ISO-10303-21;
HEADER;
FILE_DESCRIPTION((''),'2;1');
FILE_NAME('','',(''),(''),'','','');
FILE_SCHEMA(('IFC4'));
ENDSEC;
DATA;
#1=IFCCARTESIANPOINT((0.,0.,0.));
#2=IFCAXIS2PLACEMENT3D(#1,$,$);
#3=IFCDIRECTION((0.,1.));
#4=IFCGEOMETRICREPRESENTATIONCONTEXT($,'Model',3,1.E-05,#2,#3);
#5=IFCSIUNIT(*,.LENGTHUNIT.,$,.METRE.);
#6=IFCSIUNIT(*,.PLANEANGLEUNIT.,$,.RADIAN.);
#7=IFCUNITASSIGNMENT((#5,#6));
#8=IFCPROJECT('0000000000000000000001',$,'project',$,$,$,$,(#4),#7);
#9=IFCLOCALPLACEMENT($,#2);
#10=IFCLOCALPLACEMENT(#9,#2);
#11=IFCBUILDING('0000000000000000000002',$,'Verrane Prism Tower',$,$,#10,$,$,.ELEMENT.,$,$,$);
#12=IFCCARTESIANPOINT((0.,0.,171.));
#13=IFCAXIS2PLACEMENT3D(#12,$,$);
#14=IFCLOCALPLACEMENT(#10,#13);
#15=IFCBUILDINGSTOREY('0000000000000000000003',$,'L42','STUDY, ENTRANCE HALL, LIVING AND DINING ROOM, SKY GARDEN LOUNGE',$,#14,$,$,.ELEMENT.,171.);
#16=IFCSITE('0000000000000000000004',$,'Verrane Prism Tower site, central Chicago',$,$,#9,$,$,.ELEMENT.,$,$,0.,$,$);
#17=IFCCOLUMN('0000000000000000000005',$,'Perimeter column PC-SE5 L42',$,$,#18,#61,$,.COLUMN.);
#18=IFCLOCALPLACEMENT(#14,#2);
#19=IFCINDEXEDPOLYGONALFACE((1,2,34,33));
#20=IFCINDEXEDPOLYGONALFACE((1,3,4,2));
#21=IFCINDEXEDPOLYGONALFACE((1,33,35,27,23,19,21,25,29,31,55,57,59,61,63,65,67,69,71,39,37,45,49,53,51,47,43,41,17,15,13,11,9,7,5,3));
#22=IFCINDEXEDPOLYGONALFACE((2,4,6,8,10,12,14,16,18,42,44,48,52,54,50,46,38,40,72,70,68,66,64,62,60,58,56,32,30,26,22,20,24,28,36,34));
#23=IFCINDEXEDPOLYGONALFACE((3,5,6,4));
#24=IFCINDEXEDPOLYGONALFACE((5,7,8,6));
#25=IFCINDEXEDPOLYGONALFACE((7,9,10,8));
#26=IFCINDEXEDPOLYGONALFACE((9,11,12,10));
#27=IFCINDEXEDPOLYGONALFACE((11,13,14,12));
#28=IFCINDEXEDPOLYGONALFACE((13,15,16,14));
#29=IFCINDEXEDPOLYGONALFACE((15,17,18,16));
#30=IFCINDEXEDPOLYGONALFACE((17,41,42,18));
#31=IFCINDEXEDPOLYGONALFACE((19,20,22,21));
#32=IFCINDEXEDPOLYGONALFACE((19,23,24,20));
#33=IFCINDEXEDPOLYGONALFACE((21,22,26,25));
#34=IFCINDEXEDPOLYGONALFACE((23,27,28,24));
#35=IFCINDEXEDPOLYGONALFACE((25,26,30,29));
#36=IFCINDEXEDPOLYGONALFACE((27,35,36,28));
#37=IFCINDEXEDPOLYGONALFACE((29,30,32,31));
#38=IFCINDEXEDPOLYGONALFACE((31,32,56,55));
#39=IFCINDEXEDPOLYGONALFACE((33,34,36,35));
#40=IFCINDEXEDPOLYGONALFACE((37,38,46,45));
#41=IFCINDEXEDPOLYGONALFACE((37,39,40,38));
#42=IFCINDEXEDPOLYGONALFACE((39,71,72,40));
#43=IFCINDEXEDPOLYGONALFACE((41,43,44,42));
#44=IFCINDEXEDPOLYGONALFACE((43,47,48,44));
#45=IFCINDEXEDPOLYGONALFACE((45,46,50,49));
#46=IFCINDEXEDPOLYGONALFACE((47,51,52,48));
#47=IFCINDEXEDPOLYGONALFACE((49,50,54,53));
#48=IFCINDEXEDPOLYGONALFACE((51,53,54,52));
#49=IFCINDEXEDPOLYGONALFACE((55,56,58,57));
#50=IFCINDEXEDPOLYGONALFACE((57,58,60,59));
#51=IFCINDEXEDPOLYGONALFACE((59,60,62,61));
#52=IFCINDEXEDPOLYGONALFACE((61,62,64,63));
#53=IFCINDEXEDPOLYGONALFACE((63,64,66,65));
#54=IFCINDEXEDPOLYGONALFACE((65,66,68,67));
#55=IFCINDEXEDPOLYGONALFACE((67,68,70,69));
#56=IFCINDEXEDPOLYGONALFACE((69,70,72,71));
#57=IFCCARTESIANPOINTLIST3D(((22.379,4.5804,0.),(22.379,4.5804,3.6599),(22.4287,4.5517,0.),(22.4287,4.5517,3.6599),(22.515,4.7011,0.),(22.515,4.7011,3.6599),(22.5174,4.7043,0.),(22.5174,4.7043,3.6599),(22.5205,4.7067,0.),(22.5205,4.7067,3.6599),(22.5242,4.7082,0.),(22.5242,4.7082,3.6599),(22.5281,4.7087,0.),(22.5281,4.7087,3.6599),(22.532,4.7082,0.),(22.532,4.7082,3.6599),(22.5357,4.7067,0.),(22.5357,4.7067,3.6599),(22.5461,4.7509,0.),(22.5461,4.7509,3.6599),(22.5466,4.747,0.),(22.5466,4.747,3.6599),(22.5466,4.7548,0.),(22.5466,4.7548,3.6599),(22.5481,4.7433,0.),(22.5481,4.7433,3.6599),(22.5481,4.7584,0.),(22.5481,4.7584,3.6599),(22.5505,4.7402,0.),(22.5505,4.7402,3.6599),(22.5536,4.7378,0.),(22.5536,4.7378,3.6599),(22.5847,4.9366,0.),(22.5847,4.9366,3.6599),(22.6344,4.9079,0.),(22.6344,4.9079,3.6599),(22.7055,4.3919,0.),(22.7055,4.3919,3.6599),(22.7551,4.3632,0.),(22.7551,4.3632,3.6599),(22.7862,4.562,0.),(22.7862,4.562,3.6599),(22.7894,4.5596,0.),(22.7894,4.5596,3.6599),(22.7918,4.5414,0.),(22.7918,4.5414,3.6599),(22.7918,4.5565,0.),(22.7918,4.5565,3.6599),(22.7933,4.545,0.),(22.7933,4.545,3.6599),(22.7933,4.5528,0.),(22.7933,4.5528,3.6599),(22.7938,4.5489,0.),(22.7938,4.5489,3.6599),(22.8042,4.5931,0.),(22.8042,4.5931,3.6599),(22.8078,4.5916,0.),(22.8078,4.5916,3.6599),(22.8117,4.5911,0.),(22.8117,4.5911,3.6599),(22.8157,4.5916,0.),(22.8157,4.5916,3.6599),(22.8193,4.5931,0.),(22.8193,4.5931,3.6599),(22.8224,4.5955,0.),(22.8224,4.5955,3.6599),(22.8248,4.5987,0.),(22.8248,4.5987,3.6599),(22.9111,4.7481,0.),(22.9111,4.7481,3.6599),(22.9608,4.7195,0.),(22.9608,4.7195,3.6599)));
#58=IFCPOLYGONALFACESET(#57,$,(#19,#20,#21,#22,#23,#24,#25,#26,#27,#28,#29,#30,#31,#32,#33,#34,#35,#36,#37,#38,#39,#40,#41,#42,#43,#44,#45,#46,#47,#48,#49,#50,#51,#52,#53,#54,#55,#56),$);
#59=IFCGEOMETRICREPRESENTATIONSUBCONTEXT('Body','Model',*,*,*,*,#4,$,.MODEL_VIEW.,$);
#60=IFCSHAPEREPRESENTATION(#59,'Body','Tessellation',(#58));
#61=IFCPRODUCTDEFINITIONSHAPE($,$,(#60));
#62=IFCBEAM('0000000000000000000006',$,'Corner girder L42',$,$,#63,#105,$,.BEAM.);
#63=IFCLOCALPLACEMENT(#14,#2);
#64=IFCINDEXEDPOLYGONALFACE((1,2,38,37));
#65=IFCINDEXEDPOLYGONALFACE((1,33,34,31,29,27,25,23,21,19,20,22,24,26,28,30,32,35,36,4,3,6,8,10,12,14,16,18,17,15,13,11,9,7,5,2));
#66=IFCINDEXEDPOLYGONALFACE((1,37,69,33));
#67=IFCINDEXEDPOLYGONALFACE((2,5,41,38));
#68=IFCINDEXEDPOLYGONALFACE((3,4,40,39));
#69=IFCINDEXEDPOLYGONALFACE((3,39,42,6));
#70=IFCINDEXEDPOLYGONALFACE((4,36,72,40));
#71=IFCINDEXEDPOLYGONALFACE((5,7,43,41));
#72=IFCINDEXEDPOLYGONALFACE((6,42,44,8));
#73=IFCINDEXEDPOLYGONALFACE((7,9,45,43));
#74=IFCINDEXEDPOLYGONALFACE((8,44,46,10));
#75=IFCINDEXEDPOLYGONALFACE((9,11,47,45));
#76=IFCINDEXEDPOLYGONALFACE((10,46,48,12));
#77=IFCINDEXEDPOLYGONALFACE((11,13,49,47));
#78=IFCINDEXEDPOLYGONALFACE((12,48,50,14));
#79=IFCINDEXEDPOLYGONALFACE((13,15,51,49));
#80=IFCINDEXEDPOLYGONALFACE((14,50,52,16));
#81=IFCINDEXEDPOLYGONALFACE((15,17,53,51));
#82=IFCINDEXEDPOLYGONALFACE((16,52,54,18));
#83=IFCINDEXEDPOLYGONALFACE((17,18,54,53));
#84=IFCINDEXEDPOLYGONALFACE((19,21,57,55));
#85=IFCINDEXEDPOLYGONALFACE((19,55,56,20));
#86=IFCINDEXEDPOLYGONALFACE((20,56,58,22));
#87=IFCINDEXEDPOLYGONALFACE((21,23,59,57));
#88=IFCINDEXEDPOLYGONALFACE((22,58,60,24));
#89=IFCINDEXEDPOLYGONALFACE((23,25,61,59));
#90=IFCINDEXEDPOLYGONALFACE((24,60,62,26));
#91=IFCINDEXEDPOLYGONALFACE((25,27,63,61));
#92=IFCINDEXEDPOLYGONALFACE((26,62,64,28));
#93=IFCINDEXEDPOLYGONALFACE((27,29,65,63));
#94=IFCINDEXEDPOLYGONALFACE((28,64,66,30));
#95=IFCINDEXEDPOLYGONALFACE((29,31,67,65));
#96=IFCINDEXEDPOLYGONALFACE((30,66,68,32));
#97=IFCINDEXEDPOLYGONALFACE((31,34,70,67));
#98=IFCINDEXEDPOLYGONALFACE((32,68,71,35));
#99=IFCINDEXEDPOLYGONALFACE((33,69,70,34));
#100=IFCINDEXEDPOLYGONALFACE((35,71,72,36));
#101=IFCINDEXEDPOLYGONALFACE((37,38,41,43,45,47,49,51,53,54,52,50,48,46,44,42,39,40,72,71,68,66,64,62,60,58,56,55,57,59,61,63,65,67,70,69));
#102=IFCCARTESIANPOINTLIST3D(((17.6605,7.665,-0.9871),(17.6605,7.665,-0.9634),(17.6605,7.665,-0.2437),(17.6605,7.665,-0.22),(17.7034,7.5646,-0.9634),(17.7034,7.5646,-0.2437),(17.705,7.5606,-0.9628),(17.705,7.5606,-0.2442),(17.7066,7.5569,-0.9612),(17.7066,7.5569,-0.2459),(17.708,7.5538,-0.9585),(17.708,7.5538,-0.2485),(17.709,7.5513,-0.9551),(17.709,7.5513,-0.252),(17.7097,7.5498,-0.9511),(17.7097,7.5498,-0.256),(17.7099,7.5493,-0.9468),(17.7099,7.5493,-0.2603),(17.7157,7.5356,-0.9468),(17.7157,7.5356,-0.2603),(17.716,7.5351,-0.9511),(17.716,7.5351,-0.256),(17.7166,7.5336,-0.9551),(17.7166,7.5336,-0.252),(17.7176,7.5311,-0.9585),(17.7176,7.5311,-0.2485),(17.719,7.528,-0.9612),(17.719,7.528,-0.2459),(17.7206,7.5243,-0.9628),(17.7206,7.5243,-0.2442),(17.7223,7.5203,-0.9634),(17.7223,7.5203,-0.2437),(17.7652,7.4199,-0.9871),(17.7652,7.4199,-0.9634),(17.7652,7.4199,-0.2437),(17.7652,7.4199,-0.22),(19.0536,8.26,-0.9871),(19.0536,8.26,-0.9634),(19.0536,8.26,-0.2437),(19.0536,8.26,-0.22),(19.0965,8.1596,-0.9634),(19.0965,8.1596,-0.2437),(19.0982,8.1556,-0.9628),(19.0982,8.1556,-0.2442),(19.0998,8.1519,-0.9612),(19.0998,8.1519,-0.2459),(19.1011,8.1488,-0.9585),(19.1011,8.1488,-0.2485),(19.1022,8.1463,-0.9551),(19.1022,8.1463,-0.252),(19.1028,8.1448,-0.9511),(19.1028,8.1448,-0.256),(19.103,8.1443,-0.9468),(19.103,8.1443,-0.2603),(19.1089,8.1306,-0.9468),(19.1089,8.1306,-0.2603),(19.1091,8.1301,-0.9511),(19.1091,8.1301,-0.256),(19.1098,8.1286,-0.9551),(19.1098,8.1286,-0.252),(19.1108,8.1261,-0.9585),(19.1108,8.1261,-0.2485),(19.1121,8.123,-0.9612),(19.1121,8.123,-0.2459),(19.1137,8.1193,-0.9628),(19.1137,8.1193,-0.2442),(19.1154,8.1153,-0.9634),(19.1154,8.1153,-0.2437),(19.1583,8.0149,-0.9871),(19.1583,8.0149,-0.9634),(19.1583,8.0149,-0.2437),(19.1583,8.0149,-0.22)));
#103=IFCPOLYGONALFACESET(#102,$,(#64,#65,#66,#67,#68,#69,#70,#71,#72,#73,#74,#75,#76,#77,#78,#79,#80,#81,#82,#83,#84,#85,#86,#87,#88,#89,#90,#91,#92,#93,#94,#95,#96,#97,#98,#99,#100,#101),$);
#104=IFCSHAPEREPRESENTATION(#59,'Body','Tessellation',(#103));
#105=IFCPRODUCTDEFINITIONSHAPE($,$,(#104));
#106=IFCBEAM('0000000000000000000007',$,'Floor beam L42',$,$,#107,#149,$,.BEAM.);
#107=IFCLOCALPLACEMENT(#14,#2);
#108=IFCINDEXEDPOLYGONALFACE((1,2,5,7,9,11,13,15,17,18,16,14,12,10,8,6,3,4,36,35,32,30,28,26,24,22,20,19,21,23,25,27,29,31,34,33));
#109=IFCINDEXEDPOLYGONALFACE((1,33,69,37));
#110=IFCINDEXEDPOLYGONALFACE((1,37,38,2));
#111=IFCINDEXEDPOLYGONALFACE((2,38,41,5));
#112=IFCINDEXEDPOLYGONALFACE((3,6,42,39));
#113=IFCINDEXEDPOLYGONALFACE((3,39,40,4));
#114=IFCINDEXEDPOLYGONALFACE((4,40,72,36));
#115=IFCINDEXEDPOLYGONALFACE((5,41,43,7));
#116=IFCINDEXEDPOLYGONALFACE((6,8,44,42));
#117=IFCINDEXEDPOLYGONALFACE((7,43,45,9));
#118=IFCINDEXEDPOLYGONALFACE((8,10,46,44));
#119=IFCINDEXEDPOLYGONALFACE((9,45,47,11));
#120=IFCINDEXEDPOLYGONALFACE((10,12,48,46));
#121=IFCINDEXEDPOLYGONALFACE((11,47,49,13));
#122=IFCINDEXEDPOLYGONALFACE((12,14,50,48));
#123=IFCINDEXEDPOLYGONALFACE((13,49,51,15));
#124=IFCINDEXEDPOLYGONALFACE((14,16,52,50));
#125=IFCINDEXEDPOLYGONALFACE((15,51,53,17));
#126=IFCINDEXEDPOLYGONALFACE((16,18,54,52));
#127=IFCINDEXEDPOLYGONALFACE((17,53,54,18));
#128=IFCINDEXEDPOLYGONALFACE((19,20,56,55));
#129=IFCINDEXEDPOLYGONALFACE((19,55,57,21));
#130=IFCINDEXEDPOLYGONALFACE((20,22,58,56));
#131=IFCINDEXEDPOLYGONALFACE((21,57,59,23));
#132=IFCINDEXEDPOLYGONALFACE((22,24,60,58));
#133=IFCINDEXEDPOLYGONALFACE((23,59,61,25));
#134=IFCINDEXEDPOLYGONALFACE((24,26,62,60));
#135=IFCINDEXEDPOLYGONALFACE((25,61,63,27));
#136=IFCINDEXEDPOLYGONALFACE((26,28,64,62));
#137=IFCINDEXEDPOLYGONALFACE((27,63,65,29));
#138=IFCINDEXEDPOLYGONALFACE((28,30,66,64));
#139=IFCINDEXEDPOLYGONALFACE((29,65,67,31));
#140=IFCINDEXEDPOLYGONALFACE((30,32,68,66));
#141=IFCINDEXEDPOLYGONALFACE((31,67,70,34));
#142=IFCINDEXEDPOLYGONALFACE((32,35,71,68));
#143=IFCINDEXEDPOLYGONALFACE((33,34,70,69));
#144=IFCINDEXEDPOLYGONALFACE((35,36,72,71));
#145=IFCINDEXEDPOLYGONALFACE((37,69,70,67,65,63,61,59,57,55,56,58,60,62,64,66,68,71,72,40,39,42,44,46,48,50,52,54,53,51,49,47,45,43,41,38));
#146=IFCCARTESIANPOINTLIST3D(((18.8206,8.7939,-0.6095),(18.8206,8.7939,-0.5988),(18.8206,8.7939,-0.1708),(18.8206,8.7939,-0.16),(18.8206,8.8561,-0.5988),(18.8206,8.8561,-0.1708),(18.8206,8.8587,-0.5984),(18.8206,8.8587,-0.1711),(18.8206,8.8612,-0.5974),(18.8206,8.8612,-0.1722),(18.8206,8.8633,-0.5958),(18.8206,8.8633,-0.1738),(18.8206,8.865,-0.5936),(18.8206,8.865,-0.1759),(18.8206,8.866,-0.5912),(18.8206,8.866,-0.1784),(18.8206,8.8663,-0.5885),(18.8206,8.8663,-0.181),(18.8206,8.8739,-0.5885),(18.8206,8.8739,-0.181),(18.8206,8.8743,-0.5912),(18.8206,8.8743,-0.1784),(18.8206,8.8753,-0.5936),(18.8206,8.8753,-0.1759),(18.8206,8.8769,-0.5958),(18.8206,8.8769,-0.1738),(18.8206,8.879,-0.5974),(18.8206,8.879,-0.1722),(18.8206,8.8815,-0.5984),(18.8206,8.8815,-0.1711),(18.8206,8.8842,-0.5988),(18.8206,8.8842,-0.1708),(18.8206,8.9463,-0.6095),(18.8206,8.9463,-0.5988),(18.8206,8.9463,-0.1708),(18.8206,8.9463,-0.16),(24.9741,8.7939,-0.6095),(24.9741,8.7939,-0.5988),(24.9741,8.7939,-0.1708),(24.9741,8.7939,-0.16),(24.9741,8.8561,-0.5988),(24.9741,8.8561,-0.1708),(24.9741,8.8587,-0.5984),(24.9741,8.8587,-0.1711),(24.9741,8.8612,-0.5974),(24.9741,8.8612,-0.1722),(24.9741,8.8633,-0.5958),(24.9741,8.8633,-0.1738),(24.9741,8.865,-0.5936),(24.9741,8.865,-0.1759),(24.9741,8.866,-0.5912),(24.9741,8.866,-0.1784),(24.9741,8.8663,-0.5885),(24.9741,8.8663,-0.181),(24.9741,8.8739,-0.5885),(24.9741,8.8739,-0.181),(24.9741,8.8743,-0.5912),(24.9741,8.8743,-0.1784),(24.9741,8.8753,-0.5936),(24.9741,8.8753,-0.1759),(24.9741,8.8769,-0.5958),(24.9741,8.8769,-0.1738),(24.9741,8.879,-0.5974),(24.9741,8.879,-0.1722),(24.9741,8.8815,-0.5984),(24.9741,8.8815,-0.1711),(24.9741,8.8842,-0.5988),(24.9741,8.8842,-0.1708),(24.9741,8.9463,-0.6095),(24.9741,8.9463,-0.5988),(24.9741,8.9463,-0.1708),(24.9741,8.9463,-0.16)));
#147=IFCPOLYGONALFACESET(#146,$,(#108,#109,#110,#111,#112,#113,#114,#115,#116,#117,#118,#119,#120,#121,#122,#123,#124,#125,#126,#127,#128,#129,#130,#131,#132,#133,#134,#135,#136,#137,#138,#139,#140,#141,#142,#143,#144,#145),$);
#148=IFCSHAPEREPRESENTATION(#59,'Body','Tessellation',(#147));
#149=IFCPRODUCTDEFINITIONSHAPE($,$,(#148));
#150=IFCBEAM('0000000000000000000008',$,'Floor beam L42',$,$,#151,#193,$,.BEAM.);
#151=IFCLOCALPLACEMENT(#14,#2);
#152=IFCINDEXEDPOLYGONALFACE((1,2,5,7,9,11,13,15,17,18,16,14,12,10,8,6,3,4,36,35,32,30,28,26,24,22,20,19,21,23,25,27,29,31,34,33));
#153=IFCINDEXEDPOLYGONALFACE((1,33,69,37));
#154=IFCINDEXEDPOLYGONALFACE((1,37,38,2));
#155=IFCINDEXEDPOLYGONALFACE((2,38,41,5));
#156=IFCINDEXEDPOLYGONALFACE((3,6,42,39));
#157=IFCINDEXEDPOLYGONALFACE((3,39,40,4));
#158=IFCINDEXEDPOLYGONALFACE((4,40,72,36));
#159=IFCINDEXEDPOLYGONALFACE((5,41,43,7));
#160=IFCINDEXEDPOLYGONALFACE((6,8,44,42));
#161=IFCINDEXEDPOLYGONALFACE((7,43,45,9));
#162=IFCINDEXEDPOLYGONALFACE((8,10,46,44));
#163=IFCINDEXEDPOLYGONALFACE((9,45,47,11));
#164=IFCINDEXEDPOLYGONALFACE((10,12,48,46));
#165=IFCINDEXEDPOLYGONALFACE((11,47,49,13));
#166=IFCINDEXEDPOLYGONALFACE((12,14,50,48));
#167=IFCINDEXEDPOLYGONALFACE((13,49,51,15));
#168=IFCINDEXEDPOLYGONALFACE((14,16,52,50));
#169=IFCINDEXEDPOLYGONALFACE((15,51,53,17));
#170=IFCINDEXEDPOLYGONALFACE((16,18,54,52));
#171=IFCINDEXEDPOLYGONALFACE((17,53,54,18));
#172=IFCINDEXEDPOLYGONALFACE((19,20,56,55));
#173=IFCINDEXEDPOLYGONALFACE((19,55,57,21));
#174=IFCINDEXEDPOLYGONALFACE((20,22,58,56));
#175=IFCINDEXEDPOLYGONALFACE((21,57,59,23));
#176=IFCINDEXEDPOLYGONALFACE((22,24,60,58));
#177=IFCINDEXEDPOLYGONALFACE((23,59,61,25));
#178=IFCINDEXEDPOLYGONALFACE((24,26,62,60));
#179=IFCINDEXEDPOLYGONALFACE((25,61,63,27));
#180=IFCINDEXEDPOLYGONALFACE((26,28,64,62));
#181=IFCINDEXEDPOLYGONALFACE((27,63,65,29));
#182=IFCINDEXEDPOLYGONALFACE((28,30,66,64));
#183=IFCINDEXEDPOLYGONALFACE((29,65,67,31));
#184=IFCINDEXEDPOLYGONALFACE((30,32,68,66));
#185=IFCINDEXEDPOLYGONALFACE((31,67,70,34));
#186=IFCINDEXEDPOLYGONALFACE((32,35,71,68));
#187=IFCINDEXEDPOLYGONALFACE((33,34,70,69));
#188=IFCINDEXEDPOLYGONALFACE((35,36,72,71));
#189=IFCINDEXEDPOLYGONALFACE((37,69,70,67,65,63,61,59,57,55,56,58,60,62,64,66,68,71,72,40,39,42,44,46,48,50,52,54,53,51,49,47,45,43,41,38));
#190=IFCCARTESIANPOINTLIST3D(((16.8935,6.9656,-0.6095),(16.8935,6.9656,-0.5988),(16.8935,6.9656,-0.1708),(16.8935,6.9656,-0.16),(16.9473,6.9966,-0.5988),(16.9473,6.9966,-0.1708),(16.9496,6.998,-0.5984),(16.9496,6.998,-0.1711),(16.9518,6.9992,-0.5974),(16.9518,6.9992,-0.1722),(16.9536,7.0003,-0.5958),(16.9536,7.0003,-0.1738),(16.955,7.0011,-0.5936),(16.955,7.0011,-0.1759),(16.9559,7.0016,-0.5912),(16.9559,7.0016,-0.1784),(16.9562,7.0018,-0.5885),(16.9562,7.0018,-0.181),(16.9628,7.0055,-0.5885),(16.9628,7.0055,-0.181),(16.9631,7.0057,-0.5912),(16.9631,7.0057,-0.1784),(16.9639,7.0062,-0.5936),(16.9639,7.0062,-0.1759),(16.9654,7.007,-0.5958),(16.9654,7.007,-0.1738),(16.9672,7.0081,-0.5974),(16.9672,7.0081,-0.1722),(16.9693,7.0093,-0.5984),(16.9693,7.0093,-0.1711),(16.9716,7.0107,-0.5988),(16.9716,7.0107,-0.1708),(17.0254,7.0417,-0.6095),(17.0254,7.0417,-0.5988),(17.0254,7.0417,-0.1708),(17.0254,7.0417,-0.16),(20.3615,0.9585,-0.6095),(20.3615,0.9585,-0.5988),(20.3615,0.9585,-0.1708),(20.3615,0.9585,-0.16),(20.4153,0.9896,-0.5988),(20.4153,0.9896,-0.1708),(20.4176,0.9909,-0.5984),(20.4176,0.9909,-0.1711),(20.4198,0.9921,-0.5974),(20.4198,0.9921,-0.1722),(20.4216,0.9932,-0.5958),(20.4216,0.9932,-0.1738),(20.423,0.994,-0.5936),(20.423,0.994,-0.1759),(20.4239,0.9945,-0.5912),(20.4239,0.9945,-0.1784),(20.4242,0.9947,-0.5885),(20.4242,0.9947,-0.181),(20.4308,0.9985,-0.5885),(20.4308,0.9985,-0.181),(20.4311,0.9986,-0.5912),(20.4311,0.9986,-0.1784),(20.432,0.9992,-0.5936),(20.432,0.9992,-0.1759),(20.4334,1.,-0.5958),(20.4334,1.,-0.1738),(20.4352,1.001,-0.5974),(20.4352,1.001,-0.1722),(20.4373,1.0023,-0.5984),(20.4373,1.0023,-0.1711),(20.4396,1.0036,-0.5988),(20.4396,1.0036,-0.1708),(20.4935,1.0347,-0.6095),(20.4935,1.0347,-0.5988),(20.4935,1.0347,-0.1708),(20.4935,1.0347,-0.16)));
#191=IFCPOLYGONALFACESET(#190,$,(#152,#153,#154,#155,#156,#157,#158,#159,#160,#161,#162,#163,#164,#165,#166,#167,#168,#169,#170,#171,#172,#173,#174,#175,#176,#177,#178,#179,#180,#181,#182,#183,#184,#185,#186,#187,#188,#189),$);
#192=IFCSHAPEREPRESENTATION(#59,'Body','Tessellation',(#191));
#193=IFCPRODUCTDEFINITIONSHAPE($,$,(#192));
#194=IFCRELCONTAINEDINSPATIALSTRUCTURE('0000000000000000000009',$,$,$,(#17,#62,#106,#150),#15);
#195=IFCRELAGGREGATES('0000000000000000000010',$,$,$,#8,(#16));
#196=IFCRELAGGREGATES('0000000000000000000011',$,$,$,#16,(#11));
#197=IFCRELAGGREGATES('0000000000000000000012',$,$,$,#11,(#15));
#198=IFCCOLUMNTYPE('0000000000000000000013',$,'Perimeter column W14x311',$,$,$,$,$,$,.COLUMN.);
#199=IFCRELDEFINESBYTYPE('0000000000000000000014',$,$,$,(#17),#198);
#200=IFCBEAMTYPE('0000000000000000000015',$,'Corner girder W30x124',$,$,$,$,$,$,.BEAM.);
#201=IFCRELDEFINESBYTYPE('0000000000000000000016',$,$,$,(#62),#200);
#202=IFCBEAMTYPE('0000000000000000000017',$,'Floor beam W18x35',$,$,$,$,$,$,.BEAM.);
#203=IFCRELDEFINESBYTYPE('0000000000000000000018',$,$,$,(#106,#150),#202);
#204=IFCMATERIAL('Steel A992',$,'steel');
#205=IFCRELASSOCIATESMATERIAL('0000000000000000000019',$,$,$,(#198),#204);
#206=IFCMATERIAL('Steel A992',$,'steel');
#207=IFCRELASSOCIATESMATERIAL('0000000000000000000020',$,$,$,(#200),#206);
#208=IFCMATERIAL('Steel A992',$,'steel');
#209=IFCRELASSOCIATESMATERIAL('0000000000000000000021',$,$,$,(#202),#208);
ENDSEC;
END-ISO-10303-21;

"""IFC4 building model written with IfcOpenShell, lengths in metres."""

from ifc_helpers import new_model, si_unit, direction, frame, origin, origin_2d, place, context, subcontext, project, spatial, i_section, extrude, material, material_profile, profile_set, type_object, element, save


model = new_model("IFC4")

# Units and contexts
model_context = context("Model", 3, precision=1e-05, world=origin(), true_north=direction((0.0, 1.0)))
body_context = subcontext(model_context, "Body", "Model", "MODEL_VIEW")
ifc_project = project(units=[si_unit("LENGTHUNIT", "METRE"), si_unit("PLANEANGLEUNIT", "RADIAN")], contexts=[model_context])

# Site, building, storey
site_placement = place(None, origin())
site = spatial("IfcSite", under=ifc_project, at=site_placement, Name="Verrane Prism Tower site, central Chicago", CompositionType="ELEMENT", RefElevation=0.0)
building_placement = place(site_placement, origin())
building = spatial("IfcBuilding", under=site, at=building_placement, Name="Verrane Prism Tower", CompositionType="ELEMENT")
storey_placement = place(building_placement, frame((0.0, 0.0, 171.0)))
storey = spatial("IfcBuildingStorey", under=building, at=storey_placement, Name="L42", Description="STUDY, ENTRANCE HALL, LIVING AND DINING ROOM, SKY GARDEN LOUNGE", CompositionType="ELEMENT", Elevation=171.0)

# Column
ifc_material_1 = material(Name="Steel A992", Category="steel")
ifc_material_profile_1 = material_profile(ifc_material_1, i_section(OverallWidth=0.4114, OverallDepth=0.4343, WebThickness=0.0359, FlangeThickness=0.0574, FilletRadius=0.0151, at=origin_2d()), Name="W14x311")
ifc_profile_set_1 = profile_set([ifc_material_profile_1], Name="Steel A992")
column_type = type_object("IfcColumnType", Name="Perimeter column W14x311", PredefinedType="COLUMN", material=ifc_profile_set_1)
column_placement = place(storey_placement, frame((22.6699, 4.6499, 0.0), z_axis=(0.0, 0.0, 1.0), x_axis=(-0.5, -0.866025, 0.0)))
element("IfcColumn", 1, at=column_placement, inside=storey, type_object=column_type, Name="Perimeter column PC-SE5 L42", PredefinedType="COLUMN", context=body_context, shape_type="SweptSolid", body=[
    extrude(i_section(OverallWidth=0.4114, OverallDepth=0.4343, WebThickness=0.0359, FlangeThickness=0.0574, FilletRadius=0.0151, at=origin_2d()), origin(), (0.0, 0.0, 1.0), 3.6599),
])

# Beams
ifc_material_2 = material(Name="Steel A992", Category="steel")
ifc_material_profile_2 = material_profile(ifc_material_2, i_section(OverallWidth=0.2666, OverallDepth=0.7671, WebThickness=0.0149, FlangeThickness=0.0237, FilletRadius=0.0166, at=origin_2d()), Name="W30x124")
ifc_profile_set_2 = profile_set([ifc_material_profile_2], Name="Steel A992")
beam_type_1 = type_object("IfcBeamType", Name="Corner girder W30x124", PredefinedType="BEAM", material=ifc_profile_set_2)
beam_1_placement = place(storey_placement, frame((19.106, 8.1375, -0.6035), z_axis=(-0.919636, -0.392771, 0.0), x_axis=(0.392771, -0.919636, 0.0)))
element("IfcBeam", 2, at=beam_1_placement, inside=storey, type_object=beam_type_1, Name="Corner girder L42", PredefinedType="BEAM", context=body_context, shape_type="SweptSolid", body=[
    extrude(i_section(OverallWidth=0.2666, OverallDepth=0.7671, WebThickness=0.0149, FlangeThickness=0.0237, FilletRadius=0.0166, at=origin_2d()), origin(), (0.0, 0.0, 1.0), 1.5149),
])
ifc_material_3 = material(Name="Steel A992", Category="steel")
ifc_material_profile_3 = material_profile(ifc_material_3, i_section(OverallWidth=0.1523, OverallDepth=0.4495, WebThickness=0.0076, FlangeThickness=0.0107, FilletRadius=0.0103, at=origin_2d()), Name="W18x35")
ifc_profile_set_3 = profile_set([ifc_material_profile_3], Name="Steel A992")
beam_type_2 = type_object("IfcBeamType", Name="Floor beam W18x35", PredefinedType="BEAM", material=ifc_profile_set_3)
beam_2_placement = place(storey_placement, frame((18.8206, 8.8701, -0.3848), z_axis=(1.0, 0.0, 0.0), x_axis=(0.0, 1.0, 0.0)))
element("IfcBeam", 3, at=beam_2_placement, inside=storey, type_object=beam_type_2, Name="Floor beam L42", PredefinedType="BEAM", context=body_context, shape_type="SweptSolid", body=[
    extrude(i_section(OverallWidth=0.1523, OverallDepth=0.4495, WebThickness=0.0076, FlangeThickness=0.0107, FilletRadius=0.0103, at=origin_2d()), origin(), (0.0, 0.0, 1.0), 6.1536),
])
beam_3_placement = place(storey_placement, frame((20.4275, 0.9966, -0.3848), z_axis=(-0.499981, 0.866036, 0.0), x_axis=(-0.866036, -0.499981, 0.0)))
element("IfcBeam", 4, at=beam_3_placement, inside=storey, type_object=beam_type_2, Name="Floor beam L42", PredefinedType="BEAM", context=body_context, shape_type="SweptSolid", body=[
    extrude(i_section(OverallWidth=0.1523, OverallDepth=0.4495, WebThickness=0.0076, FlangeThickness=0.0107, FilletRadius=0.0103, at=origin_2d()), origin(), (0.0, 0.0, 1.0), 6.9363),
])

save(model, "model.ifc")
